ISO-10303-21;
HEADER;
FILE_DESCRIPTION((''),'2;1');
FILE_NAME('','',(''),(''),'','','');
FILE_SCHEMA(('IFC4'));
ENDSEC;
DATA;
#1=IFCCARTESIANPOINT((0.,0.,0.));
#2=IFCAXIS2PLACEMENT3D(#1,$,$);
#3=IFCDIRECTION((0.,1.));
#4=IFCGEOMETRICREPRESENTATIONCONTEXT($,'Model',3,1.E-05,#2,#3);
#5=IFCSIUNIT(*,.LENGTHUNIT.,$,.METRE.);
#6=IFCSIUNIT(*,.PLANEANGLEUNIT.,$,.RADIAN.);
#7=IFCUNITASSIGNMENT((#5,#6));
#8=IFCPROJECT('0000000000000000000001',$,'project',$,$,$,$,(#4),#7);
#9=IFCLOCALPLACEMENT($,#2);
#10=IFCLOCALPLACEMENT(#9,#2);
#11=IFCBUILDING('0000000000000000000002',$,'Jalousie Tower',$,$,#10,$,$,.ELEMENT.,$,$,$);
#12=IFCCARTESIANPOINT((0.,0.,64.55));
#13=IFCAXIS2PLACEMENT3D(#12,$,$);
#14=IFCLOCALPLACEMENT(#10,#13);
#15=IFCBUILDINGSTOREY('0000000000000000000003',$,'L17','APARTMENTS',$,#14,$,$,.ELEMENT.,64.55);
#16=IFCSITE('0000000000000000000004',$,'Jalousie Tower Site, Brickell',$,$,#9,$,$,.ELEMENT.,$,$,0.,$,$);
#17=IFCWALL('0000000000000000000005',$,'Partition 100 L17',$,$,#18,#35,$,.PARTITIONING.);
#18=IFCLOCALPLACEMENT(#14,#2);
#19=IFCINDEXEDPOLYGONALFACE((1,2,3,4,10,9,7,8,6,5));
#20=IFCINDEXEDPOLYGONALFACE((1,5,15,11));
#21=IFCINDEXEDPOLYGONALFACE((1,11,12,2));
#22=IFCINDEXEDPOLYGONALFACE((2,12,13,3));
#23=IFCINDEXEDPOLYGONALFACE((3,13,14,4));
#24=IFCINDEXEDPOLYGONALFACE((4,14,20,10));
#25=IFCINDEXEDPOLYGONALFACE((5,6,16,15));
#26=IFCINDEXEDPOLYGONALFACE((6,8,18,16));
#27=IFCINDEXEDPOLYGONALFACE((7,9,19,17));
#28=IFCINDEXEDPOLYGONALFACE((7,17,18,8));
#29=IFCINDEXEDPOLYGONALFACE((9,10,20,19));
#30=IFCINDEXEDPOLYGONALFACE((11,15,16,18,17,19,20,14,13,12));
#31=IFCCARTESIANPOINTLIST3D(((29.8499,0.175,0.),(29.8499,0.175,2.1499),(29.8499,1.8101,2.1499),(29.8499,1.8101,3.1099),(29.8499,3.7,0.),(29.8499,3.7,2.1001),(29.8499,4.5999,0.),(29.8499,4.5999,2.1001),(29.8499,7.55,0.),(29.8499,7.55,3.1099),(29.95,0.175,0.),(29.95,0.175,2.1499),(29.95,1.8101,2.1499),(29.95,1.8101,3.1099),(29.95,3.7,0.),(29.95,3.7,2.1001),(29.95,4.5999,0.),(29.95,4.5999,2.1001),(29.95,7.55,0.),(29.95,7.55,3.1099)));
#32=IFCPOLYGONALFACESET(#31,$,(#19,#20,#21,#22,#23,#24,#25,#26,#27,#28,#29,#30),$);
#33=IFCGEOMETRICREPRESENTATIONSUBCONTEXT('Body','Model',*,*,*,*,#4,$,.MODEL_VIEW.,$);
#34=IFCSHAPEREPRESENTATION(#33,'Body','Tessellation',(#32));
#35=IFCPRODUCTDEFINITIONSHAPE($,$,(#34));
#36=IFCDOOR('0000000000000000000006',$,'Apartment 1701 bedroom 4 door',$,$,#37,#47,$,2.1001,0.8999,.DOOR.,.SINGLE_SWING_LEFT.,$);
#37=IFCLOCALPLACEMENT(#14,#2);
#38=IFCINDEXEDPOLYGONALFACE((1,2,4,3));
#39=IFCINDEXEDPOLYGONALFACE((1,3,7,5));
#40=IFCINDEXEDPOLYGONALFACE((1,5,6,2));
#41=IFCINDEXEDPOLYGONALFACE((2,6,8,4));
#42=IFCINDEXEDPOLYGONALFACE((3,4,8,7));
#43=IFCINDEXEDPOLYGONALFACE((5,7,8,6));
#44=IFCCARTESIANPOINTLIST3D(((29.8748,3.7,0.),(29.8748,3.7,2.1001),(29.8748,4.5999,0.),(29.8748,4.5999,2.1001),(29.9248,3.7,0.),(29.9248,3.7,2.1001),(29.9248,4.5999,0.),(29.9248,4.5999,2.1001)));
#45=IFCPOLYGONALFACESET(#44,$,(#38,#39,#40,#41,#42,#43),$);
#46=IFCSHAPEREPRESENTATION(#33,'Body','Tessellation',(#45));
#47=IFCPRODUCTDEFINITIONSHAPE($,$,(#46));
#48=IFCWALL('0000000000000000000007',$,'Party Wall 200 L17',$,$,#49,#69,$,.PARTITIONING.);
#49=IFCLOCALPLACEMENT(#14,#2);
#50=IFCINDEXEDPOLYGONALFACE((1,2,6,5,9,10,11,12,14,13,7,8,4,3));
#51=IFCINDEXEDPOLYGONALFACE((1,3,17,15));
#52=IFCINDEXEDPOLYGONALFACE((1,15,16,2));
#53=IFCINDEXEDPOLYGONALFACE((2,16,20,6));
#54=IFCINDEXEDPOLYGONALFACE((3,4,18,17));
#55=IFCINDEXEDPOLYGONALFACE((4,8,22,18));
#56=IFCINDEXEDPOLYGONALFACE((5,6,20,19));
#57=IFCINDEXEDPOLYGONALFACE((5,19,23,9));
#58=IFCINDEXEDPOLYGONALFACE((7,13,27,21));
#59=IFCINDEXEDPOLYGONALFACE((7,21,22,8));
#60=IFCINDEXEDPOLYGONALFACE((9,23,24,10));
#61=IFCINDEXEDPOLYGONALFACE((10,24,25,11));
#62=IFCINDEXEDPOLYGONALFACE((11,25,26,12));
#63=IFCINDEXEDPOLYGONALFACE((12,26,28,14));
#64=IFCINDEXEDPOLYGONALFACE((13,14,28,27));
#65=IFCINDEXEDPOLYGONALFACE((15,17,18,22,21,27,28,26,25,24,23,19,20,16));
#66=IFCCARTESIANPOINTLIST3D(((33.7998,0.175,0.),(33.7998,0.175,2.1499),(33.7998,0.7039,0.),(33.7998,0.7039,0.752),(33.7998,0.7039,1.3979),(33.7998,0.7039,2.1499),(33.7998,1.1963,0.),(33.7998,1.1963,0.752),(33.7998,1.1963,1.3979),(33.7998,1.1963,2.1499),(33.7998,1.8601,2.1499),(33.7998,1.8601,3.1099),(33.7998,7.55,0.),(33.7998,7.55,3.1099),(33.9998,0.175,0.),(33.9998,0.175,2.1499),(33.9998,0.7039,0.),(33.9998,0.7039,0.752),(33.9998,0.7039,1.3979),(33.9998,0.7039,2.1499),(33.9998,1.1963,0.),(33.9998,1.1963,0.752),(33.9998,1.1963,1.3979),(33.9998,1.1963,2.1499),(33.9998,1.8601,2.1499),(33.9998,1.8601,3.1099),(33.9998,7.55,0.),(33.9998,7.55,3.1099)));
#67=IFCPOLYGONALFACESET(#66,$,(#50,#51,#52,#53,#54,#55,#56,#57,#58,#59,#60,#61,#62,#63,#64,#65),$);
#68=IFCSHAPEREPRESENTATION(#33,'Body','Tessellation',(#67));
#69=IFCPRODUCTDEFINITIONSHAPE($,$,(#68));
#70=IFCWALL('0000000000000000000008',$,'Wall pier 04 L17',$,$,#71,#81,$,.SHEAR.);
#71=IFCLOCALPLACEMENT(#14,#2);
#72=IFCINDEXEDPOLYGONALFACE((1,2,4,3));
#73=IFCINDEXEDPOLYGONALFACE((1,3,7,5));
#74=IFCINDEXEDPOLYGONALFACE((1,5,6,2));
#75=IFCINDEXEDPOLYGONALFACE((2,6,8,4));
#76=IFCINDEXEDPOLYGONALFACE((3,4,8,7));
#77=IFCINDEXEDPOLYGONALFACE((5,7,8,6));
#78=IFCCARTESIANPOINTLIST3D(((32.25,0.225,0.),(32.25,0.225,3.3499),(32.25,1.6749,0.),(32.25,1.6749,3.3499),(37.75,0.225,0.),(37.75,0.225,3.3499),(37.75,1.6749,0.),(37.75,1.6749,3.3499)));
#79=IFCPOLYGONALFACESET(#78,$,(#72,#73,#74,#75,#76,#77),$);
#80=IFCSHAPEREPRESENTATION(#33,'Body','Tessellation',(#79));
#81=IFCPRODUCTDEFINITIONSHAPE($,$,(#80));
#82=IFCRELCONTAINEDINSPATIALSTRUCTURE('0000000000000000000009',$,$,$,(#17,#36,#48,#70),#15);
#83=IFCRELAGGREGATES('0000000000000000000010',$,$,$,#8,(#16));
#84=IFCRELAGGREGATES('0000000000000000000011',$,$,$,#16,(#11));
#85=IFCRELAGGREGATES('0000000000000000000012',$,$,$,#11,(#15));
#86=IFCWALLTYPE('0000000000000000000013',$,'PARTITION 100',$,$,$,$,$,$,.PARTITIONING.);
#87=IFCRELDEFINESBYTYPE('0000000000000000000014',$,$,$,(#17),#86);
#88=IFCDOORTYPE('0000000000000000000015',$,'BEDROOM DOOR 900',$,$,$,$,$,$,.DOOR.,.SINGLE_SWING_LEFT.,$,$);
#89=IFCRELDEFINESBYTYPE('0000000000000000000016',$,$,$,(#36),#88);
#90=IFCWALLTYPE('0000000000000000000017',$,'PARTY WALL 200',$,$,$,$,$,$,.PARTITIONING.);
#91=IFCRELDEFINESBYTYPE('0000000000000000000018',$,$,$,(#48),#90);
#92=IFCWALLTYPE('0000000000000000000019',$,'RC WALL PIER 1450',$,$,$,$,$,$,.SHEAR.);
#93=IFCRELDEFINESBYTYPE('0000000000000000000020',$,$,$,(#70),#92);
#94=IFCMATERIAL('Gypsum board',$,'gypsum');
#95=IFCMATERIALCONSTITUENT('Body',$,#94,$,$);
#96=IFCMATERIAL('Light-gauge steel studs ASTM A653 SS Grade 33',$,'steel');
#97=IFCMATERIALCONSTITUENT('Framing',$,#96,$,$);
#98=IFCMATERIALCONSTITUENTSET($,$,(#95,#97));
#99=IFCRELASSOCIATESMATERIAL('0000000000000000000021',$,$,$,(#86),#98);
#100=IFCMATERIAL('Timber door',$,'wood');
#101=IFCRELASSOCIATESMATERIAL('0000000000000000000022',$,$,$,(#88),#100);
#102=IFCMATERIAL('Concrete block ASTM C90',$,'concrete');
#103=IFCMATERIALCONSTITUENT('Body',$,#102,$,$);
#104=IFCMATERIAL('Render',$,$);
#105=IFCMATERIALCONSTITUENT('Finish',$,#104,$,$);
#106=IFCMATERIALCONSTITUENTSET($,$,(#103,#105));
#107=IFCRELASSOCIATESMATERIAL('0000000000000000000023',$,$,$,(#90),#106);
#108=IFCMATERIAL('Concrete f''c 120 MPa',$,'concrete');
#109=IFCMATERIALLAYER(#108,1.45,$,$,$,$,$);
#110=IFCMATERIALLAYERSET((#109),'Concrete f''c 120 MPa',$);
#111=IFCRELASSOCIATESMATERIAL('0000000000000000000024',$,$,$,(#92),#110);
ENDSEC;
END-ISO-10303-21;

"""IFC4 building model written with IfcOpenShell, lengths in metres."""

from ifc_helpers import new_model, si_unit, direction, frame, frame_2d, origin, place, context, subcontext, project, spatial, polyline, rectangle, outline, extrude, material, layer, layer_set, constituent, constituent_set, type_object, element, fill, save


model = new_model("IFC4")

# Units and contexts
model_context = context("Model", 3, precision=1e-05, world=origin(), true_north=direction((0.0, 1.0)))
body_context = subcontext(model_context, "Body", "Model", "MODEL_VIEW")
ifc_project = project(units=[si_unit("LENGTHUNIT", "METRE"), si_unit("PLANEANGLEUNIT", "RADIAN")], contexts=[model_context])

# Site, building, storey
site_placement = place(None, origin())
site = spatial("IfcSite", under=ifc_project, at=site_placement, Name="Jalousie Tower Site, Brickell", CompositionType="ELEMENT", RefElevation=0.0)
building_placement = place(site_placement, origin())
building = spatial("IfcBuilding", under=site, at=building_placement, Name="Jalousie Tower", CompositionType="ELEMENT")
storey_placement = place(building_placement, frame((0.0, 0.0, 64.55)))
storey = spatial("IfcBuildingStorey", under=building, at=storey_placement, Name="L17", Description="APARTMENTS", CompositionType="ELEMENT", Elevation=64.55)

# Wall, opening, door
ifc_material_1 = material(Name="Gypsum board", Category="gypsum")
ifc_constituent_1 = constituent(ifc_material_1, Name="Body")
ifc_material_2 = material(Name="Light-gauge steel studs ASTM A653 SS Grade 33", Category="steel")
ifc_constituent_2 = constituent(ifc_material_2, Name="Framing")
ifc_constituent_set_1 = constituent_set(constituents=[ifc_constituent_1, ifc_constituent_2])
wall_type_1 = type_object("IfcWallType", Name="PARTITION 100", PredefinedType="PARTITIONING", material=ifc_constituent_set_1)
ifc_material_3 = material(Name="Timber door", Category="wood")
door_type = type_object("IfcDoorType", Name="BEDROOM DOOR 900", OperationType="SINGLE_SWING_LEFT", PredefinedType="DOOR", material=ifc_material_3)
wall_1_placement = place(storey_placement, frame((29.8999, 0.175, 0.0), z_axis=(0.0, 0.0, 1.0), x_axis=(0.0, 1.0, 0.0)))
wall_1 = element("IfcWall", 1, at=wall_1_placement, inside=storey, type_object=wall_type_1, Name="Partition 100 L17", PredefinedType="PARTITIONING", context=body_context, shape_type="SweptSolid", body=[
    extrude(outline(polyline([(0.0, 0.0), (7.375, 0.0), (7.375, 3.1099), (1.635, 3.1099), (1.635, 2.1499), (0.0, 2.1499), (0.0, 3.1099), (0.0, 0.0)])), frame((0.0, 0.05, 0.0), z_axis=(0.0, -1.0, 0.0), x_axis=(1.0, 0.0, 0.0)), (0.0, 0.0, 1.0), 0.1001),
])
opening_1_placement = place(wall_1_placement, frame((3.5249, 0.0, 0.0)))
opening_1 = element("IfcOpeningElement", 2, at=opening_1_placement, cuts=wall_1, PredefinedType="OPENING", context=body_context, shape_type="SweptSolid", body=[
    extrude(rectangle(XDim=0.8999, YDim=2.1001, at=frame_2d((0.45, 1.05))), frame((0.0, 0.0601, 0.0), z_axis=(0.0, -1.0, 0.0), x_axis=(1.0, 0.0, 0.0)), (0.0, 0.0, 1.0), 0.1201),
])
door_1_placement = place(opening_1_placement, frame((0.8999, 0.0, 0.0), z_axis=(0.0, 0.0, 1.0), x_axis=(-1.0, 0.0, 0.0)))
door_1 = element("IfcDoor", 3, at=door_1_placement, inside=storey, type_object=door_type, Name="Apartment 1701 bedroom 4 door", OperationType="SINGLE_SWING_LEFT", OverallHeight=2.1001, OverallWidth=0.8999, PredefinedType="DOOR", context=body_context, shape_type="SweptSolid", body=[
    extrude(rectangle(XDim=0.8999, YDim=2.1001, at=frame_2d((0.45, 1.05))), frame((0.0, 0.0249, 0.0), z_axis=(0.0, -1.0, 0.0), x_axis=(1.0, 0.0, 0.0)), (0.0, 0.0, 1.0), 0.05),
])
fill(opening_1, door_1)

# Walls
ifc_material_4 = material(Name="Concrete block ASTM C90", Category="concrete")
ifc_constituent_3 = constituent(ifc_material_4, Name="Body")
ifc_material_5 = material(Name="Render")
ifc_constituent_4 = constituent(ifc_material_5, Name="Finish")
ifc_constituent_set_2 = constituent_set(constituents=[ifc_constituent_3, ifc_constituent_4])
wall_type_2 = type_object("IfcWallType", Name="PARTY WALL 200", PredefinedType="PARTITIONING", material=ifc_constituent_set_2)
wall_2_placement = place(storey_placement, frame((33.8999, 0.175, 0.0), z_axis=(0.0, 0.0, 1.0), x_axis=(0.0, 1.0, 0.0)))
element("IfcWall", 4, at=wall_2_placement, inside=storey, type_object=wall_type_2, Name="Party Wall 200 L17", PredefinedType="PARTITIONING", context=body_context, shape_type="SweptSolid", body=[
    extrude(outline(polyline([(0.5288, 2.1499), (0.0, 2.1499), (0.0, 0.0), (0.5288, 0.0), (0.5288, 0.752), (1.0212, 0.752), (1.0212, 0.0), (7.375, 0.0), (7.375, 3.1099), (1.6851, 3.1099), (1.6851, 2.1499), (1.0212, 2.1499), (1.0212, 1.3979), (0.5288, 1.3979), (0.5288, 2.1499)])), frame((0.0, 0.1001, 0.0), z_axis=(0.0, -1.0, 0.0), x_axis=(1.0, 0.0, 0.0)), (0.0, 0.0, 1.0), 0.2),
])
ifc_material_6 = material(Name="Concrete f'c 120 MPa", Category="concrete")
ifc_layer_1 = layer(ifc_material_6, 1.45)
ifc_layer_set_1 = layer_set([ifc_layer_1], Name="Concrete f'c 120 MPa")
wall_type_3 = type_object("IfcWallType", Name="RC WALL PIER 1450", PredefinedType="SHEAR", material=ifc_layer_set_1)
wall_3_placement = place(storey_placement, frame((32.25, 0.95, 0.0), z_axis=(0.0, 0.0, 1.0), x_axis=(1.0, 0.0, 0.0)))
element("IfcWall", 5, at=wall_3_placement, inside=storey, type_object=wall_type_3, Name="Wall pier 04 L17", PredefinedType="SHEAR", context=body_context, shape_type="SweptSolid", body=[
    extrude(rectangle(XDim=5.5, YDim=1.45, at=frame_2d((2.75, 0.0))), origin(), (0.0, 0.0, 1.0), 3.3499),
])

save(model, "model.ifc")
